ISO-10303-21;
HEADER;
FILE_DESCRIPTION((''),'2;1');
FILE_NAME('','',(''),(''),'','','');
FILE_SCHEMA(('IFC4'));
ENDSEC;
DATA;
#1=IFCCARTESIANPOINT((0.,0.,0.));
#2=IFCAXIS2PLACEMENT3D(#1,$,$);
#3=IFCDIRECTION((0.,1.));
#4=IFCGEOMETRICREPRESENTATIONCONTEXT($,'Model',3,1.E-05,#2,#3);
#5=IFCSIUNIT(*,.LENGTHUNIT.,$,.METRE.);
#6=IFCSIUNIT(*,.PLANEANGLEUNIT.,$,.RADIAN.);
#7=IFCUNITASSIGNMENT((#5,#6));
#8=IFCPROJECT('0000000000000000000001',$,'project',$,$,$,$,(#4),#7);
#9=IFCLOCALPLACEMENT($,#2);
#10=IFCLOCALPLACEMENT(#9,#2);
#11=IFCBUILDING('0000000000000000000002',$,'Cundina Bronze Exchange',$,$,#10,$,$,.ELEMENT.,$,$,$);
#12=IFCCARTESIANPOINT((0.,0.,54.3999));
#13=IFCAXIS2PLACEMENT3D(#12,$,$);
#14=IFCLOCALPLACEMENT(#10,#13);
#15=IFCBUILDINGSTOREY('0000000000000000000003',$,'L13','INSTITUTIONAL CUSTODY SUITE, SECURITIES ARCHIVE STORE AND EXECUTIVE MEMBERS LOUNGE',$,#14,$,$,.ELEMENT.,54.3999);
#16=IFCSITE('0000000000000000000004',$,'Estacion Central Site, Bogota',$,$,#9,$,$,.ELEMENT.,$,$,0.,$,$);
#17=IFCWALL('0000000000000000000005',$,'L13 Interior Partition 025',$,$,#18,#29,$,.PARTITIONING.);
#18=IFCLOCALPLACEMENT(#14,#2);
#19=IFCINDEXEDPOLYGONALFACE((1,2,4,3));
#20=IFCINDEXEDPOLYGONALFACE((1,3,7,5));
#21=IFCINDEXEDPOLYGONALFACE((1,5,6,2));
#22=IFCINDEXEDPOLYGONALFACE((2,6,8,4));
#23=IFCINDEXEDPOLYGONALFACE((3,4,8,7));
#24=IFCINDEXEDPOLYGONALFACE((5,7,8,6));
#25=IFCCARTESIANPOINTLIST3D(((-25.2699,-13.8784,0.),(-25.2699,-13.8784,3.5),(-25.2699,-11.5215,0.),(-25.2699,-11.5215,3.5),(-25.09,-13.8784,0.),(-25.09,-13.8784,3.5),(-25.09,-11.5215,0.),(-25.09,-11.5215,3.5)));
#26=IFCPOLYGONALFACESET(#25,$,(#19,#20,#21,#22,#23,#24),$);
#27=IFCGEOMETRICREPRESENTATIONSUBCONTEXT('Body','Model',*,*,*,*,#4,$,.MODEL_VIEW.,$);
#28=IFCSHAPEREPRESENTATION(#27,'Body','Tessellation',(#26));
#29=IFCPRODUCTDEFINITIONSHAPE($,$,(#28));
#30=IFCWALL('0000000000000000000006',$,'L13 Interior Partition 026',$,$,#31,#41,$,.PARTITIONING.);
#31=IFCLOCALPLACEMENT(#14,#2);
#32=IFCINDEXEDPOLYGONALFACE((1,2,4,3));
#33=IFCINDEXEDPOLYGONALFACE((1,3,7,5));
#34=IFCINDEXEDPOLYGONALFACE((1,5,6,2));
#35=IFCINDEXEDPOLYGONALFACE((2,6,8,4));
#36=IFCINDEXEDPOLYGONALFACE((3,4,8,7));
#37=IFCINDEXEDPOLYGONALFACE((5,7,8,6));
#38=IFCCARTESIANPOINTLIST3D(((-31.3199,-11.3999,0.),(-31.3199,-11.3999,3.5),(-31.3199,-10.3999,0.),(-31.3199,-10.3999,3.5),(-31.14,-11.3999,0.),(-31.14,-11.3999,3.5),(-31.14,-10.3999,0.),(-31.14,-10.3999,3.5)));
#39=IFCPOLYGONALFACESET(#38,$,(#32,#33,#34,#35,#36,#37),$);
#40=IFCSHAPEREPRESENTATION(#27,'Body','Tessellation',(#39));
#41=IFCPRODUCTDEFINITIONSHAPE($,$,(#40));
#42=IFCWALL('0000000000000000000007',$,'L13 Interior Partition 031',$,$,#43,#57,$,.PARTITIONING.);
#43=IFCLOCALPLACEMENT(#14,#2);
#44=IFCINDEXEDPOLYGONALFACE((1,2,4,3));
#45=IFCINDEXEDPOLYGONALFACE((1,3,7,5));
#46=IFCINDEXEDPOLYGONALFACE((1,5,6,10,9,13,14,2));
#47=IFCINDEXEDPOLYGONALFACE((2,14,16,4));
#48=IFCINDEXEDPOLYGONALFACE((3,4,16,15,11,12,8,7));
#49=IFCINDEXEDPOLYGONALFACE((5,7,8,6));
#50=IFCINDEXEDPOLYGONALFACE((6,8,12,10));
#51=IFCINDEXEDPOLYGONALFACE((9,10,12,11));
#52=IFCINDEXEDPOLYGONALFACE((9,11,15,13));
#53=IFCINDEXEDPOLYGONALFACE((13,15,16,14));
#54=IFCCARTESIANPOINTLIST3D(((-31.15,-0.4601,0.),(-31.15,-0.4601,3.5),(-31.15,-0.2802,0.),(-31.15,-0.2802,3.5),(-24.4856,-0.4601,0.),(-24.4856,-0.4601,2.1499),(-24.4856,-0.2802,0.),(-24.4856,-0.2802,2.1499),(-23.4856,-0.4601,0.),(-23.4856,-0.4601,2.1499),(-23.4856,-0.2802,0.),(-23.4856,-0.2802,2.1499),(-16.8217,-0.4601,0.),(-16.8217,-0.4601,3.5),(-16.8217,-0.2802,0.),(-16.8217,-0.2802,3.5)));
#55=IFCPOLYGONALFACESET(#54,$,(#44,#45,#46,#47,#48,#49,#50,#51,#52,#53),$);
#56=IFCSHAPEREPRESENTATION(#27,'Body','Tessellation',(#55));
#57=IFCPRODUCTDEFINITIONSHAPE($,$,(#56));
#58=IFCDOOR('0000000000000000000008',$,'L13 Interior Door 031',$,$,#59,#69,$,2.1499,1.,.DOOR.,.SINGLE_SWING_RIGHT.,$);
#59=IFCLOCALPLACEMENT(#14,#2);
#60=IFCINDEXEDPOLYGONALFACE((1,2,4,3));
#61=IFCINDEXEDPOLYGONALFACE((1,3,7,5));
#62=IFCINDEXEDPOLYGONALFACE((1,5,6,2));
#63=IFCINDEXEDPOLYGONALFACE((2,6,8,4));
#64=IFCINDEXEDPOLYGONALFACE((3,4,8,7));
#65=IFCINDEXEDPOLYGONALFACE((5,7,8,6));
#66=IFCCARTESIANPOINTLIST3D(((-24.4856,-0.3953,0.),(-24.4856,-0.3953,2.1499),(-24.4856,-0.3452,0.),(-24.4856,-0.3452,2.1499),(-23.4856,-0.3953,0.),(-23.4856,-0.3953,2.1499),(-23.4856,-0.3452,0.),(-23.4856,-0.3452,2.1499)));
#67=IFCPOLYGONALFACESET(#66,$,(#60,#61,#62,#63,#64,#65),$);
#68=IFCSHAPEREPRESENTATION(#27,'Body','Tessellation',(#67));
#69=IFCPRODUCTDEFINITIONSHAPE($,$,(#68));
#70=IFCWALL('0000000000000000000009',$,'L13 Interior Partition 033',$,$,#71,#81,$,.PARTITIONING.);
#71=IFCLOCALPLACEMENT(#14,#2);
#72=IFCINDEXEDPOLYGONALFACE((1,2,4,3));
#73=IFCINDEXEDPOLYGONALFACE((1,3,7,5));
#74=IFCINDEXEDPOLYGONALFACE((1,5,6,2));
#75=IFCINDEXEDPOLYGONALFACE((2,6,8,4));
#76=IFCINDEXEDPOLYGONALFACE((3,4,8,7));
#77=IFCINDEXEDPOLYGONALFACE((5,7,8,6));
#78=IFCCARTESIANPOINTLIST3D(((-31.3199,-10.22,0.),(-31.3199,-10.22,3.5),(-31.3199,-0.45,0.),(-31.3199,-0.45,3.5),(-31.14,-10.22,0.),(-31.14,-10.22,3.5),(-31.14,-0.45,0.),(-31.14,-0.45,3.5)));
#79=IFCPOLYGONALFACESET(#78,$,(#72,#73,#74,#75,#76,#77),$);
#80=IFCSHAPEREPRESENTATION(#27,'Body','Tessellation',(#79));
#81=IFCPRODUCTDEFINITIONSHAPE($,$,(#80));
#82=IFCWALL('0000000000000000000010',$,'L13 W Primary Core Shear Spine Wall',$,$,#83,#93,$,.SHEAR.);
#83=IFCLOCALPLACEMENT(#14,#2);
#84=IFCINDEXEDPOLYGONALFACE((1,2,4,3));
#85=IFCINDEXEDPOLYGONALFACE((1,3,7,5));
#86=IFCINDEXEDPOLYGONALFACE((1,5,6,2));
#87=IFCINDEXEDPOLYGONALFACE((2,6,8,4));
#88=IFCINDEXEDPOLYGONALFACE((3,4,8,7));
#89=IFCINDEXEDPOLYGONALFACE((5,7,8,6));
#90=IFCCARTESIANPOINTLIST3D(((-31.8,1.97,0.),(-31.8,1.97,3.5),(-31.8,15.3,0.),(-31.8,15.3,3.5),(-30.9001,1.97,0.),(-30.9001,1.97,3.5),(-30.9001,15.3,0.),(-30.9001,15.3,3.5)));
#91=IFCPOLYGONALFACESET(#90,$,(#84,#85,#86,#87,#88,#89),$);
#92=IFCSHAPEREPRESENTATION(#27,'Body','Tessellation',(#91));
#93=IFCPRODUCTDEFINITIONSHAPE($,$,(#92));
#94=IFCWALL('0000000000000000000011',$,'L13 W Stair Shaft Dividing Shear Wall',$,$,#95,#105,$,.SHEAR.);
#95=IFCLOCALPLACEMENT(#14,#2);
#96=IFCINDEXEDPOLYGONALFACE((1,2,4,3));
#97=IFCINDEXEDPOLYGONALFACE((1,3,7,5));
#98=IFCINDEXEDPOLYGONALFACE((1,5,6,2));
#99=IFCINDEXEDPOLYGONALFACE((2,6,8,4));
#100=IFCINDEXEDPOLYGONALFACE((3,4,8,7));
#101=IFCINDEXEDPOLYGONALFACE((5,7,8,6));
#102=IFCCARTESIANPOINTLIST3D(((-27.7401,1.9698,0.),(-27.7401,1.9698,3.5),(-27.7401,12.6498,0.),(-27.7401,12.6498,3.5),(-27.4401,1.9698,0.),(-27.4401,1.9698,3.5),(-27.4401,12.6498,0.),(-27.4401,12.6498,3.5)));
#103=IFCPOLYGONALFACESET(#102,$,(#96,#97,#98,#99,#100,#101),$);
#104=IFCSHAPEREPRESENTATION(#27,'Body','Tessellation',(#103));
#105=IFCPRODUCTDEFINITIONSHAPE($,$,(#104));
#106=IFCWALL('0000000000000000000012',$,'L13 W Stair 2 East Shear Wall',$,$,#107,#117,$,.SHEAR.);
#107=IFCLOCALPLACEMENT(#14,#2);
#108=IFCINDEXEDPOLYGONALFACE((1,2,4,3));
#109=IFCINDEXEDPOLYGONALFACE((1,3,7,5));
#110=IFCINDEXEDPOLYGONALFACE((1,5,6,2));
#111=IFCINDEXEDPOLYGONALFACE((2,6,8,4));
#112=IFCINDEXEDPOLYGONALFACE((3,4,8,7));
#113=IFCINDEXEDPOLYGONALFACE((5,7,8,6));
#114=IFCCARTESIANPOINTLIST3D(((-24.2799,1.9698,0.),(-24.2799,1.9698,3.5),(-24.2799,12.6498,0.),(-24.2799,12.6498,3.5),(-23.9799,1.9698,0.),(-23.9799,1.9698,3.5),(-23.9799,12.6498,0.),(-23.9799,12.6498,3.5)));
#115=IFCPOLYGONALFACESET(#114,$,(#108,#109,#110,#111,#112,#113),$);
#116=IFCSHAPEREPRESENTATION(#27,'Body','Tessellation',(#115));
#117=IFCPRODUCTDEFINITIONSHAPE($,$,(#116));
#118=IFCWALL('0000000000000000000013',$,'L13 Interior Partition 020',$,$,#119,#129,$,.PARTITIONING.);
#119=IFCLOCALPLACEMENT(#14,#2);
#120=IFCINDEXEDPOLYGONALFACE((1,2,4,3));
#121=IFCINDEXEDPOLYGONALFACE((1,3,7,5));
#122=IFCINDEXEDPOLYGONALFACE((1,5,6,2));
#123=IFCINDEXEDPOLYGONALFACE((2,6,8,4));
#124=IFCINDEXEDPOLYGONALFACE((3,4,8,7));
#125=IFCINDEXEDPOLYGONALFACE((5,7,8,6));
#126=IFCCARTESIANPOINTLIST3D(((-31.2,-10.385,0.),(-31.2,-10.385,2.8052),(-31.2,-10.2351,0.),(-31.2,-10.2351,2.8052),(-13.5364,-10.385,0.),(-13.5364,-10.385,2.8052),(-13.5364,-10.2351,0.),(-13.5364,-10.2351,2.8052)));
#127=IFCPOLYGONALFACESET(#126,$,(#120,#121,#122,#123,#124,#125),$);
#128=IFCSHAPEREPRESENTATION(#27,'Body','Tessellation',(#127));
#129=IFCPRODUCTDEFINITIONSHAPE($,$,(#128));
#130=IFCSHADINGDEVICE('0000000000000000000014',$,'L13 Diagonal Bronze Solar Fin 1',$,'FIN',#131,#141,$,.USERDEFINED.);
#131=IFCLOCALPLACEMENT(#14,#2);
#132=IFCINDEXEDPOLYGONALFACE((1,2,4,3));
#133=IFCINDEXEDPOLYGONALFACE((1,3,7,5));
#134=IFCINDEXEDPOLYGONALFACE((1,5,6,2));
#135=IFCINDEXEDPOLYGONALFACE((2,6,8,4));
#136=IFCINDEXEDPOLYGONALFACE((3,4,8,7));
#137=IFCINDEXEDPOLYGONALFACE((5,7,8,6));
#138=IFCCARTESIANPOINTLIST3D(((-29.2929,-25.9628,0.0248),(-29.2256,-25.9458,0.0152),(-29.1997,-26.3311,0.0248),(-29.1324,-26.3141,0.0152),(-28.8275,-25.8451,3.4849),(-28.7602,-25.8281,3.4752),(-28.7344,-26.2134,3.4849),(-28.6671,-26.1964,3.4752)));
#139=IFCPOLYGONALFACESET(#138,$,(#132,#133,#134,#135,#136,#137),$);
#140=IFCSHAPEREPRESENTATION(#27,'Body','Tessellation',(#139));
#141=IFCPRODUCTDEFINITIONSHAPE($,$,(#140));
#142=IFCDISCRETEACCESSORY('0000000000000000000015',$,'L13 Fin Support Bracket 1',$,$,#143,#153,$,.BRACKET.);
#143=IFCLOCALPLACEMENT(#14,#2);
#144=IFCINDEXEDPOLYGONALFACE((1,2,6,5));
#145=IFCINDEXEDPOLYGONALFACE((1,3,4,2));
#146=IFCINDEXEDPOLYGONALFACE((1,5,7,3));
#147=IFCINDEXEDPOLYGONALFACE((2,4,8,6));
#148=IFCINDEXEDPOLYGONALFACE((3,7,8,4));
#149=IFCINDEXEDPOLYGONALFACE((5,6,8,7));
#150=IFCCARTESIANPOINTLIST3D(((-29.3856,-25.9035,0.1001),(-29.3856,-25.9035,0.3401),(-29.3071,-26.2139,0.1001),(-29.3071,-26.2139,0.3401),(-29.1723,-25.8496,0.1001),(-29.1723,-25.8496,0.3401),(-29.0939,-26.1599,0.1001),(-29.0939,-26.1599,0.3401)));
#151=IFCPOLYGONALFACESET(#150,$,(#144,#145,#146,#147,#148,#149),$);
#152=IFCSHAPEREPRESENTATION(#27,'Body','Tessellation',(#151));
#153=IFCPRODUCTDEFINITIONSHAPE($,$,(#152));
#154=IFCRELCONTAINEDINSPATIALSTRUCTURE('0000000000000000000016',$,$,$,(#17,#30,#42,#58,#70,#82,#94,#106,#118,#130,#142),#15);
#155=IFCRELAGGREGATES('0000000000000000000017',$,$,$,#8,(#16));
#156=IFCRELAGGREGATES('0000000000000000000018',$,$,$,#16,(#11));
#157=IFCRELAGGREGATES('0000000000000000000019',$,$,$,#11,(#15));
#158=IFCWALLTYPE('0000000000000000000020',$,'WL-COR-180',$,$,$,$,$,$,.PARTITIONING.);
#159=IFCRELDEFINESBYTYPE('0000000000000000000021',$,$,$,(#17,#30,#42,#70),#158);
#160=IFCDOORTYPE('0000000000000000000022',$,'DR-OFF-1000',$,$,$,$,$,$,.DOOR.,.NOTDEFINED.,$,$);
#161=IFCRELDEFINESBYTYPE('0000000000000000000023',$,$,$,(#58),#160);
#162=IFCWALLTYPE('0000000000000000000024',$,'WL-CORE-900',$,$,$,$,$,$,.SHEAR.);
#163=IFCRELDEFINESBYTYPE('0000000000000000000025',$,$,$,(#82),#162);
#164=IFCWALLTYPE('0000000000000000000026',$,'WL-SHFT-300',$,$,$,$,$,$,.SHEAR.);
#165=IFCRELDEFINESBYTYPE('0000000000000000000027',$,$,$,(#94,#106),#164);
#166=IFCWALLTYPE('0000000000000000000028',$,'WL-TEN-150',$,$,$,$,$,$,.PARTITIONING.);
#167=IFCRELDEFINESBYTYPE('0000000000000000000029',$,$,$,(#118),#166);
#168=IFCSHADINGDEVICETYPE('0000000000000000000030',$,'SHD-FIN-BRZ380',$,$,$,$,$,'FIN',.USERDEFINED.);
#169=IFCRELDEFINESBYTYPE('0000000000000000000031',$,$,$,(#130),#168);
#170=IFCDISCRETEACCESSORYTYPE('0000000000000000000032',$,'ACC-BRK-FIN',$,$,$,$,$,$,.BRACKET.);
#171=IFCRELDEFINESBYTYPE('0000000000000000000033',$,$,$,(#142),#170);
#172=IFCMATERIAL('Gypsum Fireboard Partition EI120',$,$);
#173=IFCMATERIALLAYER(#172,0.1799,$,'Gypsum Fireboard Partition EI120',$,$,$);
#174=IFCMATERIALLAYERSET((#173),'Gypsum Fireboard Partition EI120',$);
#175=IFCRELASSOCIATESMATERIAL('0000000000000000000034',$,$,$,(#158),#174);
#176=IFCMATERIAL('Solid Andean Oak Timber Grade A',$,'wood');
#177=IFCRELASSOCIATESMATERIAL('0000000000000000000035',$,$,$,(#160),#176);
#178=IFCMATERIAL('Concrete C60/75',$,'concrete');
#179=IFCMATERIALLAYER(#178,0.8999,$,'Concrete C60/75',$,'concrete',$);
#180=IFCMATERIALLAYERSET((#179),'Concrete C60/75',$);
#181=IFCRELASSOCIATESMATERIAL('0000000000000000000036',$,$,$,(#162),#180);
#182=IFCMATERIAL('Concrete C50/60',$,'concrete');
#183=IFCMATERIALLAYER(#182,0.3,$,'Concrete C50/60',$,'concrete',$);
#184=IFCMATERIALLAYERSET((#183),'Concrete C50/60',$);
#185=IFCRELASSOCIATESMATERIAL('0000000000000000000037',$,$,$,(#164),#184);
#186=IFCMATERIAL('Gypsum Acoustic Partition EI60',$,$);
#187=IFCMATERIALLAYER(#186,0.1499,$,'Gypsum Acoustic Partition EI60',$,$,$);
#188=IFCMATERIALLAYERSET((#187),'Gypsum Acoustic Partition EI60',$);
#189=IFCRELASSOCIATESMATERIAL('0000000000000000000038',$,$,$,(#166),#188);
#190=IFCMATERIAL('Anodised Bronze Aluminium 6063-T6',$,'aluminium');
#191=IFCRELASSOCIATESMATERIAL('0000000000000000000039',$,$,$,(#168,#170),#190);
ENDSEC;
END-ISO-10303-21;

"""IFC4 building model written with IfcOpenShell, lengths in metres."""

from ifc_helpers import new_model, si_unit, direction, frame, frame_2d, origin, origin_2d, place, context, subcontext, project, spatial, rectangle, extrude, material, layer, layer_set, material_profile, profile_set, type_object, element, fill, save


model = new_model("IFC4")

# Units and contexts
model_context = context("Model", 3, precision=1e-05, world=origin(), true_north=direction((0.0, 1.0)))
body_context = subcontext(model_context, "Body", "Model", "MODEL_VIEW")
ifc_project = project(units=[si_unit("LENGTHUNIT", "METRE"), si_unit("PLANEANGLEUNIT", "RADIAN")], contexts=[model_context])

# Site, building, storey
site_placement = place(None, origin())
site = spatial("IfcSite", under=ifc_project, at=site_placement, Name="Estacion Central Site, Bogota", CompositionType="ELEMENT", RefElevation=0.0)
building_placement = place(site_placement, origin())
building = spatial("IfcBuilding", under=site, at=building_placement, Name="Cundina Bronze Exchange", CompositionType="ELEMENT")
storey_placement = place(building_placement, frame((0.0, 0.0, 54.3999)))
storey = spatial("IfcBuildingStorey", under=building, at=storey_placement, Name="L13", Description="INSTITUTIONAL CUSTODY SUITE, SECURITIES ARCHIVE STORE AND EXECUTIVE MEMBERS LOUNGE", CompositionType="ELEMENT", Elevation=54.3999)

# Shared definitions
ifc_material_1 = material(Name="Concrete C60/75", Category="concrete")

# Shared definitions
ifc_material_2 = material(Name="Anodised Bronze Aluminium 6063-T6", Category="aluminium")

# Shared definitions
ifc_material_3 = material(Name="Gypsum Fireboard Partition EI120")
ifc_layer_1 = layer(ifc_material_3, 0.1799, Name="Gypsum Fireboard Partition EI120")
ifc_layer_set_1 = layer_set([ifc_layer_1], Name="Gypsum Fireboard Partition EI120")
wall_type_1 = type_object("IfcWallType", Name="WL-COR-180", PredefinedType="PARTITIONING", material=ifc_layer_set_1)
ifc_material_4 = material(Name="Solid Andean Oak Timber Grade A", Category="wood")

# Walls
wall_1_placement = place(storey_placement, frame((-25.1799, -13.8784, 0.0), z_axis=(0.0, 0.0, 1.0), x_axis=(0.0, 1.0, 0.0)))
element("IfcWall", 1, at=wall_1_placement, inside=storey, type_object=wall_type_1, Name="L13 Interior Partition 025", PredefinedType="PARTITIONING", context=body_context, shape_type="SweptSolid", body=[
    extrude(rectangle(XDim=2.3569, YDim=0.1799, at=frame_2d((1.1785, 0.0))), origin(), (0.0, 0.0, 1.0), 3.5),
])
wall_2_placement = place(storey_placement, frame((-31.23, -11.3999, 0.0), z_axis=(0.0, 0.0, 1.0), x_axis=(0.0, 1.0, 0.0)))
element("IfcWall", 2, at=wall_2_placement, inside=storey, type_object=wall_type_1, Name="L13 Interior Partition 026", PredefinedType="PARTITIONING", context=body_context, shape_type="SweptSolid", body=[
    extrude(rectangle(XDim=1.0, YDim=0.1799, at=frame_2d((0.5, 0.0))), origin(), (0.0, 0.0, 1.0), 3.5),
])

# Wall, opening, door
wall_3_placement = place(storey_placement, frame((-31.1499, -0.3701, 0.0), z_axis=(0.0, 0.0, 1.0), x_axis=(1.0, 0.0, 0.0)))
wall_3 = element("IfcWall", 3, at=wall_3_placement, inside=storey, type_object=wall_type_1, Name="L13 Interior Partition 031", PredefinedType="PARTITIONING", context=body_context, shape_type="SweptSolid", body=[
    extrude(rectangle(XDim=14.3284, YDim=0.1799, at=frame_2d((7.1641, 0.0))), origin(), (0.0, 0.0, 1.0), 3.5),
])
opening_1_placement = place(wall_3_placement, frame((6.6643, 0.0, 0.0)))
opening_1 = element("IfcOpeningElement", 4, at=opening_1_placement, cuts=wall_3, PredefinedType="OPENING", context=body_context, shape_type="SweptSolid", body=[
    extrude(rectangle(XDim=1.0, YDim=2.1499, at=frame_2d((0.5, 1.075))), frame((0.0, 0.0999, 0.0), z_axis=(0.0, -1.0, 0.0), x_axis=(1.0, 0.0, 0.0)), (0.0, 0.0, 1.0), 0.2),
])
door_type_1 = type_object("IfcDoorType", Name="DR-OFF-1000", OperationType="NOTDEFINED", PredefinedType="DOOR", material=ifc_material_4)
door_1_placement = place(opening_1_placement, origin())
door_1 = element("IfcDoor", 5, at=door_1_placement, inside=storey, type_object=door_type_1, Name="L13 Interior Door 031", OperationType="SINGLE_SWING_RIGHT", OverallHeight=2.1499, OverallWidth=1.0, PredefinedType="DOOR", context=body_context, shape_type="SweptSolid", body=[
    extrude(rectangle(XDim=1.0, YDim=2.1499, at=frame_2d((0.5, 1.075))), frame((0.0, 0.0249, 0.0), z_axis=(0.0, -1.0, 0.0), x_axis=(1.0, 0.0, 0.0)), (0.0, 0.0, 1.0), 0.05),
])
fill(opening_1, door_1)

# Walls
wall_4_placement = place(storey_placement, frame((-31.23, -10.22, 0.0), z_axis=(0.0, 0.0, 1.0), x_axis=(0.0, 1.0, 0.0)))
element("IfcWall", 6, at=wall_4_placement, inside=storey, type_object=wall_type_1, Name="L13 Interior Partition 033", PredefinedType="PARTITIONING", context=body_context, shape_type="SweptSolid", body=[
    extrude(rectangle(XDim=9.77, YDim=0.1799, at=frame_2d((4.885, 0.0))), origin(), (0.0, 0.0, 1.0), 3.5),
])
ifc_layer_2 = layer(ifc_material_1, 0.8999, Name="Concrete C60/75", Category="concrete")
ifc_layer_set_2 = layer_set([ifc_layer_2], Name="Concrete C60/75")
wall_type_2 = type_object("IfcWallType", Name="WL-CORE-900", PredefinedType="SHEAR", material=ifc_layer_set_2)
wall_5_placement = place(storey_placement, frame((-31.3501, 1.97, 0.0), z_axis=(0.0, 0.0, 1.0), x_axis=(0.0, 1.0, 0.0)))
element("IfcWall", 7, at=wall_5_placement, inside=storey, type_object=wall_type_2, Name="L13 W Primary Core Shear Spine Wall", PredefinedType="SHEAR", context=body_context, shape_type="SweptSolid", body=[
    extrude(rectangle(XDim=13.3301, YDim=0.8999, at=frame_2d((6.665, 0.0))), origin(), (0.0, 0.0, 1.0), 3.5),
])
ifc_material_5 = material(Name="Concrete C50/60", Category="concrete")
ifc_layer_3 = layer(ifc_material_5, 0.3, Name="Concrete C50/60", Category="concrete")
ifc_layer_set_3 = layer_set([ifc_layer_3], Name="Concrete C50/60")
wall_type_3 = type_object("IfcWallType", Name="WL-SHFT-300", PredefinedType="SHEAR", material=ifc_layer_set_3)
for number, where, z_axis, x_axis, name in (
    (8, (-27.5901, 1.97, 0.0), (0.0, 0.0, 1.0), (0.0, 1.0, 0.0), "L13 W Stair Shaft Dividing Shear Wall"),
    (9, (-24.1299, 1.97, 0.0), (0.0, 0.0, 1.0), (0.0, 1.0, 0.0), "L13 W Stair 2 East Shear Wall"),
):
    element("IfcWall", number, at=place(storey_placement, frame(where, z_axis=z_axis, x_axis=x_axis)), inside=storey, type_object=wall_type_3, Name=name, PredefinedType="SHEAR", context=body_context, shape_type="SweptSolid", body=[
        extrude(rectangle(XDim=10.6799, YDim=0.3, at=frame_2d((5.3398, 0.0))), origin(), (0.0, 0.0, 1.0), 3.5),
    ])
ifc_material_6 = material(Name="Gypsum Acoustic Partition EI60")
ifc_layer_4 = layer(ifc_material_6, 0.1499, Name="Gypsum Acoustic Partition EI60")
ifc_layer_set_4 = layer_set([ifc_layer_4], Name="Gypsum Acoustic Partition EI60")
wall_type_4 = type_object("IfcWallType", Name="WL-TEN-150", PredefinedType="PARTITIONING", material=ifc_layer_set_4)
wall_6_placement = place(storey_placement, frame((-31.2, -10.3101, 0.0), z_axis=(0.0, 0.0, 1.0), x_axis=(1.0, 0.0, 0.0)))
element("IfcWall", 10, at=wall_6_placement, inside=storey, type_object=wall_type_4, Name="L13 Interior Partition 020", PredefinedType="PARTITIONING", context=body_context, shape_type="SweptSolid", body=[
    extrude(rectangle(XDim=17.6636, YDim=0.1499, at=frame_2d((8.8318, 0.0))), origin(), (0.0, 0.0, 1.0), 2.8052),
])

# Shading device
ifc_material_profile_1 = material_profile(ifc_material_2, rectangle(XDim=0.0701, YDim=0.3799, at=origin_2d()), Name="FIN70X380", Category="aluminium")
ifc_profile_set_1 = profile_set([ifc_material_profile_1], Name="Anodised Bronze Aluminium 6063-T6")
shading_device_type = type_object("IfcShadingDeviceType", Name="SHD-FIN-BRZ380", ElementType="FIN", PredefinedType="USERDEFINED", material=ifc_profile_set_1)
shading_device_placement = place(storey_placement, frame((-29.2126, -26.1384, 0.02), z_axis=(0.133215, 0.033688, 0.990514), x_axis=(-0.960285, -0.242842, 0.137408)))
element("IfcShadingDevice", 11, at=shading_device_placement, inside=storey, type_object=shading_device_type, Name="L13 Diagonal Bronze Solar Fin 1", ObjectType="FIN", PredefinedType="USERDEFINED", context=body_context, shape_type="SweptSolid", body=[
    extrude(rectangle(XDim=0.0701, YDim=0.3799, at=origin_2d()), origin(), (0.0, 0.0, 1.0), 3.4932),
])

# Discrete accessory
discrete_accessory_type = type_object("IfcDiscreteAccessoryType", Name="ACC-BRK-FIN", PredefinedType="BRACKET", material=ifc_material_2)
discrete_accessory_placement = place(storey_placement, frame((-29.2397, -26.0317, 0.1001), z_axis=(0.0, 0.0, 1.0), x_axis=(0.969488, 0.245138, 0.0)))
element("IfcDiscreteAccessory", 12, at=discrete_accessory_placement, inside=storey, type_object=discrete_accessory_type, Name="L13 Fin Support Bracket 1", PredefinedType="BRACKET", context=body_context, shape_type="SweptSolid", body=[
    extrude(rectangle(XDim=0.22, YDim=0.3201, at=origin_2d()), origin(), (0.0, 0.0, 1.0), 0.24),
])

save(model, "model.ifc")
